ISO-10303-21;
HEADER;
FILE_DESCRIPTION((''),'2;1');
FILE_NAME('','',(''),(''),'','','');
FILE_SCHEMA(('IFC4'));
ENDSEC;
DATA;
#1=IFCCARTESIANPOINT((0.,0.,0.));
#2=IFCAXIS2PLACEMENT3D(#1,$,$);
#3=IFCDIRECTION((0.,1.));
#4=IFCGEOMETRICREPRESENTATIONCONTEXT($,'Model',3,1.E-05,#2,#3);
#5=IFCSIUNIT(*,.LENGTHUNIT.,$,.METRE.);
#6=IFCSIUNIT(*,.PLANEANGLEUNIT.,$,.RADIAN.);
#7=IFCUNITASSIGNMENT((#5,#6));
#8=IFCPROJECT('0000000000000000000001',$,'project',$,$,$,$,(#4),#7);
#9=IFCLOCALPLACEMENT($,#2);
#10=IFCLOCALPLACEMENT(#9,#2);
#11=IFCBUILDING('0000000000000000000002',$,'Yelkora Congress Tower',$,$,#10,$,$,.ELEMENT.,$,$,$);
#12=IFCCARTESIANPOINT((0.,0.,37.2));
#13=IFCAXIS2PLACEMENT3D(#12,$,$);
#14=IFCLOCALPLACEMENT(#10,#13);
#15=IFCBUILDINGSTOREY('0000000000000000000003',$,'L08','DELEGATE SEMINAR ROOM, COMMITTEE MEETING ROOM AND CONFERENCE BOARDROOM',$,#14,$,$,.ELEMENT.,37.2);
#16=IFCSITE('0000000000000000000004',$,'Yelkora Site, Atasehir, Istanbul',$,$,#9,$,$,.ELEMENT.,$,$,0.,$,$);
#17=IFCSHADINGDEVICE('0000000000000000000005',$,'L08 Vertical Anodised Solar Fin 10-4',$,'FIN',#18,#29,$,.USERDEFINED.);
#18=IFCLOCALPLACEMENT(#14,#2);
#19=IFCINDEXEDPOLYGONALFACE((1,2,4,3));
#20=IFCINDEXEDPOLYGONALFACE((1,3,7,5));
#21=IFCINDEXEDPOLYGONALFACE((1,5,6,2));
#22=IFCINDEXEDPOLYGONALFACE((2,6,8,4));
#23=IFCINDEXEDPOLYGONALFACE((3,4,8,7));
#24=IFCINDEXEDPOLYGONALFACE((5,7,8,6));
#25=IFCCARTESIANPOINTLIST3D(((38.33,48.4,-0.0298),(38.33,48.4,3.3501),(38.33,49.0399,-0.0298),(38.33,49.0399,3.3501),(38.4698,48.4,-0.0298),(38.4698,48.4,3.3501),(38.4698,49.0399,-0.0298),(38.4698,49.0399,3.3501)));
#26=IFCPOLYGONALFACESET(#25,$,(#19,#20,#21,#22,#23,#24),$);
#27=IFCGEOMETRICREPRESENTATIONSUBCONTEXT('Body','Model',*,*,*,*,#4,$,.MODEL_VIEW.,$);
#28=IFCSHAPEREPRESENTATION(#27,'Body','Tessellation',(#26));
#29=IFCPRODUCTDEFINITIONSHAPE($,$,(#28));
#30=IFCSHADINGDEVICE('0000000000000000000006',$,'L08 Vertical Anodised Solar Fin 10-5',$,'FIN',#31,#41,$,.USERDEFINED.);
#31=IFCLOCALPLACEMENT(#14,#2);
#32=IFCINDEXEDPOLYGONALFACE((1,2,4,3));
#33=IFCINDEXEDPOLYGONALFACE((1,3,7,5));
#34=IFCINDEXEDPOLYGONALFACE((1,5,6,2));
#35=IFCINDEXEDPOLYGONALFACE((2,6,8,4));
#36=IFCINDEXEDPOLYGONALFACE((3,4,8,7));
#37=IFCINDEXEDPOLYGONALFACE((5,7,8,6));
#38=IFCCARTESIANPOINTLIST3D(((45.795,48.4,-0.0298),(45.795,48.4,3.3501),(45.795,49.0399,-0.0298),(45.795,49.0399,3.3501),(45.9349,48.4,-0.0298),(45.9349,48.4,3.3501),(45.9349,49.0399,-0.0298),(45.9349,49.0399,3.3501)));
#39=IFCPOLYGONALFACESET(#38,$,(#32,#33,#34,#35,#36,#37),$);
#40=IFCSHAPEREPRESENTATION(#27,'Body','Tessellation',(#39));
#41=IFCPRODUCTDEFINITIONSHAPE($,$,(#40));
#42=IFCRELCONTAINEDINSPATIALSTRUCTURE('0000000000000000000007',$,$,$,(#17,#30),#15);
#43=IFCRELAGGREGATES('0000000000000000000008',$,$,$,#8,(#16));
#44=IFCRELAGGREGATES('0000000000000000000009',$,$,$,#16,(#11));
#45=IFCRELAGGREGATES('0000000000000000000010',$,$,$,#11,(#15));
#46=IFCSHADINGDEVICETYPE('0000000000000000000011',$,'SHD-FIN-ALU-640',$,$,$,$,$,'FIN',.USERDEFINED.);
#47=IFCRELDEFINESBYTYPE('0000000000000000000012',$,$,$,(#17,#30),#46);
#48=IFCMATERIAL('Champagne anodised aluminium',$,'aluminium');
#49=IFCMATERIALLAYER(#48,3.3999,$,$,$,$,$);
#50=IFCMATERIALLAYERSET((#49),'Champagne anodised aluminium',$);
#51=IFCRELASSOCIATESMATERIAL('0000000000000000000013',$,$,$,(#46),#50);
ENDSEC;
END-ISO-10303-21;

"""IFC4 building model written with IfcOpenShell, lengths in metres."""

from ifc_helpers import new_model, si_unit, direction, frame, origin, origin_2d, place, context, subcontext, project, spatial, rectangle, extrude, material, layer, layer_set, type_object, element, save


model = new_model("IFC4")

# Units and contexts
model_context = context("Model", 3, precision=1e-05, world=origin(), true_north=direction((0.0, 1.0)))
body_context = subcontext(model_context, "Body", "Model", "MODEL_VIEW")
ifc_project = project(units=[si_unit("LENGTHUNIT", "METRE"), si_unit("PLANEANGLEUNIT", "RADIAN")], contexts=[model_context])

# Site, building, storey
site_placement = place(None, origin())
site = spatial("IfcSite", under=ifc_project, at=site_placement, Name="Yelkora Site, Atasehir, Istanbul", CompositionType="ELEMENT", RefElevation=0.0)
building_placement = place(site_placement, origin())
building = spatial("IfcBuilding", under=site, at=building_placement, Name="Yelkora Congress Tower", CompositionType="ELEMENT")
storey_placement = place(building_placement, frame((0.0, 0.0, 37.2)))
storey = spatial("IfcBuildingStorey", under=building, at=storey_placement, Name="L08", Description="DELEGATE SEMINAR ROOM, COMMITTEE MEETING ROOM AND CONFERENCE BOARDROOM", CompositionType="ELEMENT", Elevation=37.2)

# Shading devices
ifc_material_1 = material(Name="Champagne anodised aluminium", Category="aluminium")
ifc_layer_1 = layer(ifc_material_1, 3.3999)
ifc_layer_set_1 = layer_set([ifc_layer_1], Name="Champagne anodised aluminium")
shading_device_type = type_object("IfcShadingDeviceType", Name="SHD-FIN-ALU-640", ElementType="FIN", PredefinedType="USERDEFINED", material=ifc_layer_set_1)
for number, where, z_axis, x_axis, name in (
    (1, (38.3999, 48.72, -0.0298), (0.0, 0.0, 1.0), (1.0, 0.0, 0.0), "L08 Vertical Anodised Solar Fin 10-4"),
    (2, (45.865, 48.72, -0.0298), (0.0, 0.0, 1.0), (1.0, 0.0, 0.0), "L08 Vertical Anodised Solar Fin 10-5"),
):
    element("IfcShadingDevice", number, at=place(storey_placement, frame(where, z_axis=z_axis, x_axis=x_axis)), inside=storey, type_object=shading_device_type, Name=name, ObjectType="FIN", PredefinedType="USERDEFINED", context=body_context, shape_type="SweptSolid", body=[
        extrude(rectangle(XDim=0.1399, YDim=0.6399, at=origin_2d()), origin(), (0.0, 0.0, 1.0), 3.3799),
    ])

save(model, "model.ifc")
